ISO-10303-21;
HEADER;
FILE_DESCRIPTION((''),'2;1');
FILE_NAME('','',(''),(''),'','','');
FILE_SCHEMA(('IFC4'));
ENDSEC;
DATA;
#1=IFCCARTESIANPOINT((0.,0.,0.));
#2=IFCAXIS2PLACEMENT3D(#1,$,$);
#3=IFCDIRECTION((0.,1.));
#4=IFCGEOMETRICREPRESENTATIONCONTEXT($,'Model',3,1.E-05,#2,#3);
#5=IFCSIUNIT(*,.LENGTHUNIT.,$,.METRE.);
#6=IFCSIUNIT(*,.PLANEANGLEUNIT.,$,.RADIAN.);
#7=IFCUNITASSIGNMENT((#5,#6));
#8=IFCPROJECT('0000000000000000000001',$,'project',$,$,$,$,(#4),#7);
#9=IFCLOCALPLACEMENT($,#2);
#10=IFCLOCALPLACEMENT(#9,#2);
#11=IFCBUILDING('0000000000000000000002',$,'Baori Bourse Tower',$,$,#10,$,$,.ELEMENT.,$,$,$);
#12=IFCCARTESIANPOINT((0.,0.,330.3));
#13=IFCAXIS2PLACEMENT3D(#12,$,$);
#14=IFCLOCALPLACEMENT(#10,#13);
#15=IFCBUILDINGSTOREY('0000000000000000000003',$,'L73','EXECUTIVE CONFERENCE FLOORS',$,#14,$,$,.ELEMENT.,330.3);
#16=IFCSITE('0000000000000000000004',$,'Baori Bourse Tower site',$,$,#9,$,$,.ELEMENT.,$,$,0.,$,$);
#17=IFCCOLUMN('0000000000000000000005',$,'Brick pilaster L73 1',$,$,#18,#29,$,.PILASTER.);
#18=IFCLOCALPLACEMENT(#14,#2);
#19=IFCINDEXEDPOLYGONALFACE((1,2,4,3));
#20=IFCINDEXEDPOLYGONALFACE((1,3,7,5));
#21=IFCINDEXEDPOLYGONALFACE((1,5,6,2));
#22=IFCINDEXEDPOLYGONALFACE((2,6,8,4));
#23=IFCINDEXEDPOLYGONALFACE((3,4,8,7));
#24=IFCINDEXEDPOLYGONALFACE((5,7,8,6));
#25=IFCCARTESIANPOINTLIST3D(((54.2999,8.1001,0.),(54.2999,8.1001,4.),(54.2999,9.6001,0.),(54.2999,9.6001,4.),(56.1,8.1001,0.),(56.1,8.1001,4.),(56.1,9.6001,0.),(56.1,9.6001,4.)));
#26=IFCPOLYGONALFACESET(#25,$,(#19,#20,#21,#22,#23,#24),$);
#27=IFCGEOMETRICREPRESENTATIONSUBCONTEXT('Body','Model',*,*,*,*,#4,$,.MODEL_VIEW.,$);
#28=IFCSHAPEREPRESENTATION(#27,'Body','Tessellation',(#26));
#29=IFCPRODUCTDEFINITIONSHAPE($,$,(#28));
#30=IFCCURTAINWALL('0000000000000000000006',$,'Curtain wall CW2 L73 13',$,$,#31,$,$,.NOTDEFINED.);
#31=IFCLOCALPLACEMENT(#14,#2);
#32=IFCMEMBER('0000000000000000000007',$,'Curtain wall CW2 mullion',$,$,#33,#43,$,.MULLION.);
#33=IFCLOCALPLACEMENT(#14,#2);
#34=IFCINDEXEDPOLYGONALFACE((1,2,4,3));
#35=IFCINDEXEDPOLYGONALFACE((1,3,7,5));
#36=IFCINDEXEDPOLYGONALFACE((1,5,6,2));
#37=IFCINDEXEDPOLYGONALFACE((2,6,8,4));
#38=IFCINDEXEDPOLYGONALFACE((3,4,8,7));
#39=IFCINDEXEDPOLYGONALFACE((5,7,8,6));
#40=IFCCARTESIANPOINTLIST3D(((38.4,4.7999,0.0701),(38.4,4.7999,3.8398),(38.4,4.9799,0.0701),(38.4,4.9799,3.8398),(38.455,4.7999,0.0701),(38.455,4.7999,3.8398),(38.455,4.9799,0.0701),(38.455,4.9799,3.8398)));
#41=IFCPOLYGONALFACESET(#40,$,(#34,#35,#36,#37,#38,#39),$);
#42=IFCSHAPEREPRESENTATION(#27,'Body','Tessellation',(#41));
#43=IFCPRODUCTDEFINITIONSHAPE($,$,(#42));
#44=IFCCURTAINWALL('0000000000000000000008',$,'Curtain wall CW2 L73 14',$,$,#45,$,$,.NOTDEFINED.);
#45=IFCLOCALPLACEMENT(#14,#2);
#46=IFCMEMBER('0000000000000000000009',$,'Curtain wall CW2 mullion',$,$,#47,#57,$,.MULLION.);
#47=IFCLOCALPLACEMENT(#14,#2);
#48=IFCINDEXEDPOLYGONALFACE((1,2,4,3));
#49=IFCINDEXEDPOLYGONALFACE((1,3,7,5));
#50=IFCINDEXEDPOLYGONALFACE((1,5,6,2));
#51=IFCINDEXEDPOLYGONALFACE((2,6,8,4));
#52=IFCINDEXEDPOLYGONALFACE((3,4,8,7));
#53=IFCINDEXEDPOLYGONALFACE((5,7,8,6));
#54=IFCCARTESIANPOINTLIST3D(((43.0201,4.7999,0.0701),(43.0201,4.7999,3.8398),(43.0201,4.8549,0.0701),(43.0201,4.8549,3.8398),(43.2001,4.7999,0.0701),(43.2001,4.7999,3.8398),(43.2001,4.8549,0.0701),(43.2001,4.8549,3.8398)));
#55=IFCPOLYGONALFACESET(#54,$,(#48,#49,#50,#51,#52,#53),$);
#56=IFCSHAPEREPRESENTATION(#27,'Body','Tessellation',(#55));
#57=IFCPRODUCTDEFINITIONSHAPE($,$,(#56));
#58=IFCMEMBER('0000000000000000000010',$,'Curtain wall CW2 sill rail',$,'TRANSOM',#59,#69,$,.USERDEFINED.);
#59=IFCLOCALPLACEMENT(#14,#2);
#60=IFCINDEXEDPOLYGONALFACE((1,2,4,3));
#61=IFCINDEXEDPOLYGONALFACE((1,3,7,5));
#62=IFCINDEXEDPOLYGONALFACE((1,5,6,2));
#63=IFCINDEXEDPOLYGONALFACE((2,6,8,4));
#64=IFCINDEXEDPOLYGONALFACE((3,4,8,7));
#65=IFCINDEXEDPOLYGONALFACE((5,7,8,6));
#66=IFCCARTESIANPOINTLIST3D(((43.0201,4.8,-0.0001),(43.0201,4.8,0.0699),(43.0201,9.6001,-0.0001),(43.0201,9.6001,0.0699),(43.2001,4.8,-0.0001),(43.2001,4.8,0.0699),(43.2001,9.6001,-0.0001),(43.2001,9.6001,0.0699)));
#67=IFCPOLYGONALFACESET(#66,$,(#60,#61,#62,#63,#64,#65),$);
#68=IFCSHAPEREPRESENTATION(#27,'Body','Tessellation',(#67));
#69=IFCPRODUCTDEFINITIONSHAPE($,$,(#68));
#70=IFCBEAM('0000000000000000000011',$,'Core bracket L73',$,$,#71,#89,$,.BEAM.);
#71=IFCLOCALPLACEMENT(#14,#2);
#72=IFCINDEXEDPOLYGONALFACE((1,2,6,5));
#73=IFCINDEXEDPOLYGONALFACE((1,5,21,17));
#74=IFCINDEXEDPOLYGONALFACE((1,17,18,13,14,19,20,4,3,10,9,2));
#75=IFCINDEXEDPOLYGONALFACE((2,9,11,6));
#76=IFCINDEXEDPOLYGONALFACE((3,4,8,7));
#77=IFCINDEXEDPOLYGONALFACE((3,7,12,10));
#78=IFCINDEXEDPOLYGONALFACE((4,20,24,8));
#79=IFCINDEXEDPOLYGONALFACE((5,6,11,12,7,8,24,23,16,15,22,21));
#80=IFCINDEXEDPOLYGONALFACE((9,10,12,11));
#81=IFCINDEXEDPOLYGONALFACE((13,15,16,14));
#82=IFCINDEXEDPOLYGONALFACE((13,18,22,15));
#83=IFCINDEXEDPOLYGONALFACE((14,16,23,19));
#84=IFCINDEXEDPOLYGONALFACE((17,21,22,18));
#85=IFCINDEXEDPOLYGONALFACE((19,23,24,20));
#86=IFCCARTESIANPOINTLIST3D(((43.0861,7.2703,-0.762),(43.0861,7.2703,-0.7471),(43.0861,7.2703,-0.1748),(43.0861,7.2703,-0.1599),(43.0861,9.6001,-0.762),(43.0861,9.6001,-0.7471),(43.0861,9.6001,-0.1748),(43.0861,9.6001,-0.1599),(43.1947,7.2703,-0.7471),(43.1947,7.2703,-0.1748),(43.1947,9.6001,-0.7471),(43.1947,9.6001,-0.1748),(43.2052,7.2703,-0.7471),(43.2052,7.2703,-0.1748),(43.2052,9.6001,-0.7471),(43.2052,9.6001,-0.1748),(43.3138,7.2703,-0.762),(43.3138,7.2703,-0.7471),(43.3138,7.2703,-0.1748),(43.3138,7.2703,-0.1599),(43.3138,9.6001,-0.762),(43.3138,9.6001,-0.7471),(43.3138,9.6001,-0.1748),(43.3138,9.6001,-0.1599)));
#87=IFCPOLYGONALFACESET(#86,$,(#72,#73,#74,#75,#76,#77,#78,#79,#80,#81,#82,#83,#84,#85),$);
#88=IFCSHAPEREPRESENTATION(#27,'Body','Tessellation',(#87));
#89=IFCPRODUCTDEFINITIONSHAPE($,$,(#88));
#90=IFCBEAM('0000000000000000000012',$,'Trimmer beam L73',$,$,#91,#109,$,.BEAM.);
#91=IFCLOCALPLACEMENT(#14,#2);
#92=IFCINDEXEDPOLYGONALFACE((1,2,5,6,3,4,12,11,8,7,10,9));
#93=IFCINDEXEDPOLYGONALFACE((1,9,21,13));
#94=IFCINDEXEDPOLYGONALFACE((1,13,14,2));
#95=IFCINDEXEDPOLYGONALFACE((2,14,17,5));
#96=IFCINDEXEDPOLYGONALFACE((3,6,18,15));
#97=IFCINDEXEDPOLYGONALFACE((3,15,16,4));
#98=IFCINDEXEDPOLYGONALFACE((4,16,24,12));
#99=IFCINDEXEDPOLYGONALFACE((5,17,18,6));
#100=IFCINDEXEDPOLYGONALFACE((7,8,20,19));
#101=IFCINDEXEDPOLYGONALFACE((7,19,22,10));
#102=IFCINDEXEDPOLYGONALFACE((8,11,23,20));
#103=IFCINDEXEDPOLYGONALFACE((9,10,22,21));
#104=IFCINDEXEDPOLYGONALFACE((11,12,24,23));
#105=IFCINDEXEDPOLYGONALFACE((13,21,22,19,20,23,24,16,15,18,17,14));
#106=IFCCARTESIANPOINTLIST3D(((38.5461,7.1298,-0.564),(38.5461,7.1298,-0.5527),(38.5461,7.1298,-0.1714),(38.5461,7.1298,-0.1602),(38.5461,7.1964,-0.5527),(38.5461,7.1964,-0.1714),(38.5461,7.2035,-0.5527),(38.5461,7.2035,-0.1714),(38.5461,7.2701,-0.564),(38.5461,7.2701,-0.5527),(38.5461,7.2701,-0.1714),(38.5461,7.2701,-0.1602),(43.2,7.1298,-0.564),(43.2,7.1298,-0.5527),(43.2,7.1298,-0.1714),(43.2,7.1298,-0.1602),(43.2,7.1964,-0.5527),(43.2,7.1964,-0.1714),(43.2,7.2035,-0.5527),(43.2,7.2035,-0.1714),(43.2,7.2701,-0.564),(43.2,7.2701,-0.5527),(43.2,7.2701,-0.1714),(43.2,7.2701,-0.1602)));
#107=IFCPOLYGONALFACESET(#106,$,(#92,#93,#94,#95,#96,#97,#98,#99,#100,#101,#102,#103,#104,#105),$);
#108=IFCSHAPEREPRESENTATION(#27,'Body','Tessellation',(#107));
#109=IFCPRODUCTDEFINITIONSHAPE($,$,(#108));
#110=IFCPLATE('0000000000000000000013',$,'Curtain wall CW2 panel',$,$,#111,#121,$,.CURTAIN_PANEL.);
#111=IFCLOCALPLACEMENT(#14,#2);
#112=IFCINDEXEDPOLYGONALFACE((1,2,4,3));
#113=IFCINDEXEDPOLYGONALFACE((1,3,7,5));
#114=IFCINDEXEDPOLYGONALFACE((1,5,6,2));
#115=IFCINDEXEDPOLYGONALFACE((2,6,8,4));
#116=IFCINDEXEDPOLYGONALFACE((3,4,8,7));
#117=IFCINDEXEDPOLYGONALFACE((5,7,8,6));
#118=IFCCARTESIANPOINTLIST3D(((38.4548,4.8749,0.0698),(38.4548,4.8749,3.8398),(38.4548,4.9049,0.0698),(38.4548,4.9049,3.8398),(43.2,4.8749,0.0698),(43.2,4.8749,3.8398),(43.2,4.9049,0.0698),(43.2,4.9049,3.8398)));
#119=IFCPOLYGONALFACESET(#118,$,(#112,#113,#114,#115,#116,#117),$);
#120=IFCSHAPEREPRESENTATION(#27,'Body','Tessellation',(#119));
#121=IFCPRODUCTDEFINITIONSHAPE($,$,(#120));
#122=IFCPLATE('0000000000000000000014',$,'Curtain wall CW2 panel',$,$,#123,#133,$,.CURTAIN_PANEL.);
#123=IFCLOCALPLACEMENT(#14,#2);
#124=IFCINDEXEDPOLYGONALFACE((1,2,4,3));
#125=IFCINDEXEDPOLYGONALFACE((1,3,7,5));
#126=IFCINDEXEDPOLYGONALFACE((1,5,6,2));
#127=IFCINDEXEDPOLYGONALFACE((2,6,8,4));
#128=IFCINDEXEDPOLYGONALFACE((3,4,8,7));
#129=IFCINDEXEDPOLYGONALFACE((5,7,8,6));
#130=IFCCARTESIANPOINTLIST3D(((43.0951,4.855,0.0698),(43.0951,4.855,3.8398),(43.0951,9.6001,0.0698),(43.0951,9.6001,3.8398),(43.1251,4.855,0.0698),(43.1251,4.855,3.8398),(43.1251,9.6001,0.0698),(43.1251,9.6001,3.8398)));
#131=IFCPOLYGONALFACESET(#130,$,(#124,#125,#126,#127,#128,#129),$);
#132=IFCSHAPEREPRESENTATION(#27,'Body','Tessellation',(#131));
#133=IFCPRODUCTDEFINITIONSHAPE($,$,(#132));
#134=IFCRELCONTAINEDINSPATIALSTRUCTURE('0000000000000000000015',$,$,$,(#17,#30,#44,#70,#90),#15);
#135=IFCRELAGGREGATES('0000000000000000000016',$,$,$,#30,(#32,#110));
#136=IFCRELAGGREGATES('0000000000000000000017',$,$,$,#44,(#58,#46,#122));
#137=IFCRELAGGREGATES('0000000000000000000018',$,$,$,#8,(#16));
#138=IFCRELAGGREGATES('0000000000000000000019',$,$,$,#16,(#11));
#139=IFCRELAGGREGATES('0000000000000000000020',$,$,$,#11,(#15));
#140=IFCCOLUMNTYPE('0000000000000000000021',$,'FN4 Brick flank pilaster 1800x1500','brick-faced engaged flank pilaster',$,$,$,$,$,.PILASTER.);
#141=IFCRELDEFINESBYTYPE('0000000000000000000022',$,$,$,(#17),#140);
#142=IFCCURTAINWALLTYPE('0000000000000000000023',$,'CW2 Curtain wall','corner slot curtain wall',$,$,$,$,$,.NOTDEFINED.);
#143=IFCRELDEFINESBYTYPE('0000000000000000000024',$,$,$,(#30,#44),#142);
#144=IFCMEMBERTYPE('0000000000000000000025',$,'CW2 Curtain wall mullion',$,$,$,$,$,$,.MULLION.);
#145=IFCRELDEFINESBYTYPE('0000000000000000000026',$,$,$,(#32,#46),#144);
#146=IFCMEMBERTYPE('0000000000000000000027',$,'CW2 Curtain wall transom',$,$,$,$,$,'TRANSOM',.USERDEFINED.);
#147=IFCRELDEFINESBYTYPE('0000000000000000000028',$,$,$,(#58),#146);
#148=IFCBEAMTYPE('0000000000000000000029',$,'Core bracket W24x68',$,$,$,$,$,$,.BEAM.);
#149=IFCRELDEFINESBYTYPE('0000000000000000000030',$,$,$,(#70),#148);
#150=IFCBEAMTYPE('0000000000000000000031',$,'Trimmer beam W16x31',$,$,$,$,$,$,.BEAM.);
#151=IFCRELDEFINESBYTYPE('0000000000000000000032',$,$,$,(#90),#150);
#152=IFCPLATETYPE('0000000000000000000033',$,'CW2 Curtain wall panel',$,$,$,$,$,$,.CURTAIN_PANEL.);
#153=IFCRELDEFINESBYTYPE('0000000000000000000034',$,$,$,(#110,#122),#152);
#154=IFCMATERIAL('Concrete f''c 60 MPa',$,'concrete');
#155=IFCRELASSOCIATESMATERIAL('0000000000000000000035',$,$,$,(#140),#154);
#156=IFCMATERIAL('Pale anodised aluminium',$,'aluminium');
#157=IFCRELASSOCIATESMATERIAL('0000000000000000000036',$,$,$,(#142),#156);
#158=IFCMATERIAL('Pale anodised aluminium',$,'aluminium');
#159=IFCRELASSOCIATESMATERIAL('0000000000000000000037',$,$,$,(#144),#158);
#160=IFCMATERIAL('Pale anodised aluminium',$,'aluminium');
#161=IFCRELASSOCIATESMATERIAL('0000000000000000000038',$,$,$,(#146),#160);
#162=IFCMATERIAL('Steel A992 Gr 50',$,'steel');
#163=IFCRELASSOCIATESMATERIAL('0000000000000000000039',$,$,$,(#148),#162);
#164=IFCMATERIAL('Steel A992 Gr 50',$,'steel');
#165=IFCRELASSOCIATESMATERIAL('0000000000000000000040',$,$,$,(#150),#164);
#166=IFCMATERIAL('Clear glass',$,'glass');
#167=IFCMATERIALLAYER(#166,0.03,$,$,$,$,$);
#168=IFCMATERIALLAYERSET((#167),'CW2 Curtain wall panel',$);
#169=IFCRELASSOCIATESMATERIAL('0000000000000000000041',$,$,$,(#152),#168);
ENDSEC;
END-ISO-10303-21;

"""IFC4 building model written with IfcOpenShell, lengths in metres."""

from ifc_helpers import new_model, si_unit, direction, frame, origin, origin_2d, place, context, subcontext, project, spatial, rectangle, i_section, extrude, material, layer, layer_set, material_profile, profile_set, type_object, element, aggregate, save


model = new_model("IFC4")

# Units and contexts
model_context = context("Model", 3, precision=1e-05, world=origin(), true_north=direction((0.0, 1.0)))
body_context = subcontext(model_context, "Body", "Model", "MODEL_VIEW")
ifc_project = project(units=[si_unit("LENGTHUNIT", "METRE"), si_unit("PLANEANGLEUNIT", "RADIAN")], contexts=[model_context])

# Site, building, storey
site_placement = place(None, origin())
site = spatial("IfcSite", under=ifc_project, at=site_placement, Name="Baori Bourse Tower site", CompositionType="ELEMENT", RefElevation=0.0)
building_placement = place(site_placement, origin())
building = spatial("IfcBuilding", under=site, at=building_placement, Name="Baori Bourse Tower", CompositionType="ELEMENT")
storey_placement = place(building_placement, frame((0.0, 0.0, 330.3)))
storey = spatial("IfcBuildingStorey", under=building, at=storey_placement, Name="L73", Description="EXECUTIVE CONFERENCE FLOORS", CompositionType="ELEMENT", Elevation=330.3)

# Column
ifc_material_1 = material(Name="Concrete f'c 60 MPa", Category="concrete")
ifc_material_profile_1 = material_profile(ifc_material_1, rectangle(XDim=1.8, YDim=1.5, at=origin_2d()), Name="RC 1800x1500")
ifc_profile_set_1 = profile_set([ifc_material_profile_1], Name="Concrete f'c 60 MPa")
column_type = type_object("IfcColumnType", Name="FN4 Brick flank pilaster 1800x1500", Description="brick-faced engaged flank pilaster", PredefinedType="PILASTER", material=ifc_profile_set_1)
column_placement = place(storey_placement, frame((55.2, 8.8501, 0.0), z_axis=(0.0, 0.0, 1.0), x_axis=(1.0, 0.0, 0.0)))
element("IfcColumn", 1, at=column_placement, inside=storey, type_object=column_type, Name="Brick pilaster L73 1", PredefinedType="PILASTER", context=body_context, shape_type="SweptSolid", body=[
    extrude(rectangle(XDim=1.8, YDim=1.5, at=origin_2d()), origin(), (0.0, 0.0, 1.0), 4.0),
])

# Curtain wall, member
ifc_material_2 = material(Name="Pale anodised aluminium", Category="aluminium")
curtain_wall_type = type_object("IfcCurtainWallType", Name="CW2 Curtain wall", Description="corner slot curtain wall", PredefinedType="NOTDEFINED", material=ifc_material_2)
curtain_wall_1_placement = place(storey_placement, origin())
curtain_wall_1 = element("IfcCurtainWall", 2, at=curtain_wall_1_placement, inside=storey, type_object=curtain_wall_type, Name="Curtain wall CW2 L73 13", PredefinedType="NOTDEFINED")
ifc_material_3 = material(Name="Pale anodised aluminium", Category="aluminium")
ifc_material_profile_2 = material_profile(ifc_material_3, rectangle(XDim=0.1799, YDim=0.0549, at=origin_2d()), Name="Mullion 55x180")
ifc_profile_set_2 = profile_set([ifc_material_profile_2], Name="Pale anodised aluminium")
member_type_1 = type_object("IfcMemberType", Name="CW2 Curtain wall mullion", PredefinedType="MULLION", material=ifc_profile_set_2)
member_1_placement = place(storey_placement, frame((38.4275, 4.8899, 0.0701), z_axis=(0.0, 0.0, 1.0), x_axis=(0.0, 1.0, 0.0)))
member_1 = element("IfcMember", 3, at=member_1_placement, type_object=member_type_1, Name="Curtain wall CW2 mullion", PredefinedType="MULLION", context=body_context, shape_type="SweptSolid", body=[
    extrude(rectangle(XDim=0.1799, YDim=0.0549, at=origin_2d()), origin(), (0.0, 0.0, 1.0), 3.7698),
])

# Curtain wall, members
curtain_wall_2_placement = place(storey_placement, origin())
curtain_wall_2 = element("IfcCurtainWall", 4, at=curtain_wall_2_placement, inside=storey, type_object=curtain_wall_type, Name="Curtain wall CW2 L73 14", PredefinedType="NOTDEFINED")
member_2_placement = place(storey_placement, frame((43.1101, 4.8274, 0.0701), z_axis=(0.0, 0.0, 1.0), x_axis=(-1.0, 0.0, 0.0)))
member_2 = element("IfcMember", 5, at=member_2_placement, type_object=member_type_1, Name="Curtain wall CW2 mullion", PredefinedType="MULLION", context=body_context, shape_type="SweptSolid", body=[
    extrude(rectangle(XDim=0.1799, YDim=0.0549, at=origin_2d()), origin(), (0.0, 0.0, 1.0), 3.7698),
])
ifc_material_4 = material(Name="Pale anodised aluminium", Category="aluminium")
ifc_material_profile_3 = material_profile(ifc_material_4, rectangle(XDim=0.1799, YDim=0.0701, at=origin_2d()), Name="Transom 70x180")
ifc_profile_set_3 = profile_set([ifc_material_profile_3], Name="Pale anodised aluminium")
member_type_2 = type_object("IfcMemberType", Name="CW2 Curtain wall transom", ElementType="TRANSOM", PredefinedType="USERDEFINED", material=ifc_profile_set_3)
member_3_placement = place(storey_placement, frame((43.1101, 4.8, 0.0349), z_axis=(0.0, 1.0, 0.0), x_axis=(-1.0, 0.0, 0.0)))
member_3 = element("IfcMember", 6, at=member_3_placement, type_object=member_type_2, Name="Curtain wall CW2 sill rail", ObjectType="TRANSOM", PredefinedType="USERDEFINED", context=body_context, shape_type="SweptSolid", body=[
    extrude(rectangle(XDim=0.1799, YDim=0.0701, at=origin_2d()), origin(), (0.0, 0.0, 1.0), 4.8),
])

# Beams
ifc_material_5 = material(Name="Steel A992 Gr 50", Category="steel")
ifc_material_profile_4 = material_profile(ifc_material_5, i_section(OverallWidth=0.2278, OverallDepth=0.6021, WebThickness=0.0105, FlangeThickness=0.0149, at=origin_2d()), Name="W24x68")
ifc_profile_set_4 = profile_set([ifc_material_profile_4], Name="Steel A992 Gr 50")
beam_type_1 = type_object("IfcBeamType", Name="Core bracket W24x68", PredefinedType="BEAM", material=ifc_profile_set_4)
beam_1_placement = place(storey_placement, frame((43.2, 7.2703, -0.4609), z_axis=(0.0, 1.0, 0.0), x_axis=(-1.0, 0.0, 0.0)))
element("IfcBeam", 7, at=beam_1_placement, inside=storey, type_object=beam_type_1, Name="Core bracket L73", PredefinedType="BEAM", context=body_context, shape_type="SweptSolid", body=[
    extrude(i_section(OverallWidth=0.2278, OverallDepth=0.6021, WebThickness=0.0105, FlangeThickness=0.0149, at=origin_2d()), origin(), (0.0, 0.0, 1.0), 2.3298),
])
ifc_material_6 = material(Name="Steel A992 Gr 50", Category="steel")
ifc_material_profile_5 = material_profile(ifc_material_6, i_section(OverallWidth=0.1404, OverallDepth=0.4038, WebThickness=0.0071, FlangeThickness=0.0112, at=origin_2d()), Name="W16x31")
ifc_profile_set_5 = profile_set([ifc_material_profile_5], Name="Steel A992 Gr 50")
beam_type_2 = type_object("IfcBeamType", Name="Trimmer beam W16x31", PredefinedType="BEAM", material=ifc_profile_set_5)
beam_2_placement = place(storey_placement, frame((38.5461, 7.2, -0.3621), z_axis=(1.0, 0.0, 0.0), x_axis=(0.0, 1.0, 0.0)))
element("IfcBeam", 8, at=beam_2_placement, inside=storey, type_object=beam_type_2, Name="Trimmer beam L73", PredefinedType="BEAM", context=body_context, shape_type="SweptSolid", body=[
    extrude(i_section(OverallWidth=0.1404, OverallDepth=0.4038, WebThickness=0.0071, FlangeThickness=0.0112, at=origin_2d()), origin(), (0.0, 0.0, 1.0), 4.6538),
])

# Plates
ifc_material_7 = material(Name="Clear glass", Category="glass")
ifc_layer_1 = layer(ifc_material_7, 0.03)
ifc_layer_set_1 = layer_set([ifc_layer_1], Name="CW2 Curtain wall panel")
plate_type = type_object("IfcPlateType", Name="CW2 Curtain wall panel", PredefinedType="CURTAIN_PANEL", material=ifc_layer_set_1)
plate_1_placement = place(storey_placement, frame((40.8274, 4.8899, 0.0698), z_axis=(0.0, 0.0, 1.0), x_axis=(1.0, 0.0, 0.0)))
plate_1 = element("IfcPlate", 9, at=plate_1_placement, type_object=plate_type, Name="Curtain wall CW2 panel", PredefinedType="CURTAIN_PANEL", context=body_context, shape_type="SweptSolid", body=[
    extrude(rectangle(XDim=4.7451, YDim=0.03, at=origin_2d()), origin(), (0.0, 0.0, 1.0), 3.77),
])
aggregate(curtain_wall_1, [member_1, plate_1])
plate_2_placement = place(storey_placement, frame((43.1101, 7.2275, 0.0698), z_axis=(0.0, 0.0, 1.0), x_axis=(0.0, 1.0, 0.0)))
plate_2 = element("IfcPlate", 10, at=plate_2_placement, type_object=plate_type, Name="Curtain wall CW2 panel", PredefinedType="CURTAIN_PANEL", context=body_context, shape_type="SweptSolid", body=[
    extrude(rectangle(XDim=4.7451, YDim=0.03, at=origin_2d()), origin(), (0.0, 0.0, 1.0), 3.77),
])
aggregate(curtain_wall_2, [member_3, member_2, plate_2])

save(model, "model.ifc")
